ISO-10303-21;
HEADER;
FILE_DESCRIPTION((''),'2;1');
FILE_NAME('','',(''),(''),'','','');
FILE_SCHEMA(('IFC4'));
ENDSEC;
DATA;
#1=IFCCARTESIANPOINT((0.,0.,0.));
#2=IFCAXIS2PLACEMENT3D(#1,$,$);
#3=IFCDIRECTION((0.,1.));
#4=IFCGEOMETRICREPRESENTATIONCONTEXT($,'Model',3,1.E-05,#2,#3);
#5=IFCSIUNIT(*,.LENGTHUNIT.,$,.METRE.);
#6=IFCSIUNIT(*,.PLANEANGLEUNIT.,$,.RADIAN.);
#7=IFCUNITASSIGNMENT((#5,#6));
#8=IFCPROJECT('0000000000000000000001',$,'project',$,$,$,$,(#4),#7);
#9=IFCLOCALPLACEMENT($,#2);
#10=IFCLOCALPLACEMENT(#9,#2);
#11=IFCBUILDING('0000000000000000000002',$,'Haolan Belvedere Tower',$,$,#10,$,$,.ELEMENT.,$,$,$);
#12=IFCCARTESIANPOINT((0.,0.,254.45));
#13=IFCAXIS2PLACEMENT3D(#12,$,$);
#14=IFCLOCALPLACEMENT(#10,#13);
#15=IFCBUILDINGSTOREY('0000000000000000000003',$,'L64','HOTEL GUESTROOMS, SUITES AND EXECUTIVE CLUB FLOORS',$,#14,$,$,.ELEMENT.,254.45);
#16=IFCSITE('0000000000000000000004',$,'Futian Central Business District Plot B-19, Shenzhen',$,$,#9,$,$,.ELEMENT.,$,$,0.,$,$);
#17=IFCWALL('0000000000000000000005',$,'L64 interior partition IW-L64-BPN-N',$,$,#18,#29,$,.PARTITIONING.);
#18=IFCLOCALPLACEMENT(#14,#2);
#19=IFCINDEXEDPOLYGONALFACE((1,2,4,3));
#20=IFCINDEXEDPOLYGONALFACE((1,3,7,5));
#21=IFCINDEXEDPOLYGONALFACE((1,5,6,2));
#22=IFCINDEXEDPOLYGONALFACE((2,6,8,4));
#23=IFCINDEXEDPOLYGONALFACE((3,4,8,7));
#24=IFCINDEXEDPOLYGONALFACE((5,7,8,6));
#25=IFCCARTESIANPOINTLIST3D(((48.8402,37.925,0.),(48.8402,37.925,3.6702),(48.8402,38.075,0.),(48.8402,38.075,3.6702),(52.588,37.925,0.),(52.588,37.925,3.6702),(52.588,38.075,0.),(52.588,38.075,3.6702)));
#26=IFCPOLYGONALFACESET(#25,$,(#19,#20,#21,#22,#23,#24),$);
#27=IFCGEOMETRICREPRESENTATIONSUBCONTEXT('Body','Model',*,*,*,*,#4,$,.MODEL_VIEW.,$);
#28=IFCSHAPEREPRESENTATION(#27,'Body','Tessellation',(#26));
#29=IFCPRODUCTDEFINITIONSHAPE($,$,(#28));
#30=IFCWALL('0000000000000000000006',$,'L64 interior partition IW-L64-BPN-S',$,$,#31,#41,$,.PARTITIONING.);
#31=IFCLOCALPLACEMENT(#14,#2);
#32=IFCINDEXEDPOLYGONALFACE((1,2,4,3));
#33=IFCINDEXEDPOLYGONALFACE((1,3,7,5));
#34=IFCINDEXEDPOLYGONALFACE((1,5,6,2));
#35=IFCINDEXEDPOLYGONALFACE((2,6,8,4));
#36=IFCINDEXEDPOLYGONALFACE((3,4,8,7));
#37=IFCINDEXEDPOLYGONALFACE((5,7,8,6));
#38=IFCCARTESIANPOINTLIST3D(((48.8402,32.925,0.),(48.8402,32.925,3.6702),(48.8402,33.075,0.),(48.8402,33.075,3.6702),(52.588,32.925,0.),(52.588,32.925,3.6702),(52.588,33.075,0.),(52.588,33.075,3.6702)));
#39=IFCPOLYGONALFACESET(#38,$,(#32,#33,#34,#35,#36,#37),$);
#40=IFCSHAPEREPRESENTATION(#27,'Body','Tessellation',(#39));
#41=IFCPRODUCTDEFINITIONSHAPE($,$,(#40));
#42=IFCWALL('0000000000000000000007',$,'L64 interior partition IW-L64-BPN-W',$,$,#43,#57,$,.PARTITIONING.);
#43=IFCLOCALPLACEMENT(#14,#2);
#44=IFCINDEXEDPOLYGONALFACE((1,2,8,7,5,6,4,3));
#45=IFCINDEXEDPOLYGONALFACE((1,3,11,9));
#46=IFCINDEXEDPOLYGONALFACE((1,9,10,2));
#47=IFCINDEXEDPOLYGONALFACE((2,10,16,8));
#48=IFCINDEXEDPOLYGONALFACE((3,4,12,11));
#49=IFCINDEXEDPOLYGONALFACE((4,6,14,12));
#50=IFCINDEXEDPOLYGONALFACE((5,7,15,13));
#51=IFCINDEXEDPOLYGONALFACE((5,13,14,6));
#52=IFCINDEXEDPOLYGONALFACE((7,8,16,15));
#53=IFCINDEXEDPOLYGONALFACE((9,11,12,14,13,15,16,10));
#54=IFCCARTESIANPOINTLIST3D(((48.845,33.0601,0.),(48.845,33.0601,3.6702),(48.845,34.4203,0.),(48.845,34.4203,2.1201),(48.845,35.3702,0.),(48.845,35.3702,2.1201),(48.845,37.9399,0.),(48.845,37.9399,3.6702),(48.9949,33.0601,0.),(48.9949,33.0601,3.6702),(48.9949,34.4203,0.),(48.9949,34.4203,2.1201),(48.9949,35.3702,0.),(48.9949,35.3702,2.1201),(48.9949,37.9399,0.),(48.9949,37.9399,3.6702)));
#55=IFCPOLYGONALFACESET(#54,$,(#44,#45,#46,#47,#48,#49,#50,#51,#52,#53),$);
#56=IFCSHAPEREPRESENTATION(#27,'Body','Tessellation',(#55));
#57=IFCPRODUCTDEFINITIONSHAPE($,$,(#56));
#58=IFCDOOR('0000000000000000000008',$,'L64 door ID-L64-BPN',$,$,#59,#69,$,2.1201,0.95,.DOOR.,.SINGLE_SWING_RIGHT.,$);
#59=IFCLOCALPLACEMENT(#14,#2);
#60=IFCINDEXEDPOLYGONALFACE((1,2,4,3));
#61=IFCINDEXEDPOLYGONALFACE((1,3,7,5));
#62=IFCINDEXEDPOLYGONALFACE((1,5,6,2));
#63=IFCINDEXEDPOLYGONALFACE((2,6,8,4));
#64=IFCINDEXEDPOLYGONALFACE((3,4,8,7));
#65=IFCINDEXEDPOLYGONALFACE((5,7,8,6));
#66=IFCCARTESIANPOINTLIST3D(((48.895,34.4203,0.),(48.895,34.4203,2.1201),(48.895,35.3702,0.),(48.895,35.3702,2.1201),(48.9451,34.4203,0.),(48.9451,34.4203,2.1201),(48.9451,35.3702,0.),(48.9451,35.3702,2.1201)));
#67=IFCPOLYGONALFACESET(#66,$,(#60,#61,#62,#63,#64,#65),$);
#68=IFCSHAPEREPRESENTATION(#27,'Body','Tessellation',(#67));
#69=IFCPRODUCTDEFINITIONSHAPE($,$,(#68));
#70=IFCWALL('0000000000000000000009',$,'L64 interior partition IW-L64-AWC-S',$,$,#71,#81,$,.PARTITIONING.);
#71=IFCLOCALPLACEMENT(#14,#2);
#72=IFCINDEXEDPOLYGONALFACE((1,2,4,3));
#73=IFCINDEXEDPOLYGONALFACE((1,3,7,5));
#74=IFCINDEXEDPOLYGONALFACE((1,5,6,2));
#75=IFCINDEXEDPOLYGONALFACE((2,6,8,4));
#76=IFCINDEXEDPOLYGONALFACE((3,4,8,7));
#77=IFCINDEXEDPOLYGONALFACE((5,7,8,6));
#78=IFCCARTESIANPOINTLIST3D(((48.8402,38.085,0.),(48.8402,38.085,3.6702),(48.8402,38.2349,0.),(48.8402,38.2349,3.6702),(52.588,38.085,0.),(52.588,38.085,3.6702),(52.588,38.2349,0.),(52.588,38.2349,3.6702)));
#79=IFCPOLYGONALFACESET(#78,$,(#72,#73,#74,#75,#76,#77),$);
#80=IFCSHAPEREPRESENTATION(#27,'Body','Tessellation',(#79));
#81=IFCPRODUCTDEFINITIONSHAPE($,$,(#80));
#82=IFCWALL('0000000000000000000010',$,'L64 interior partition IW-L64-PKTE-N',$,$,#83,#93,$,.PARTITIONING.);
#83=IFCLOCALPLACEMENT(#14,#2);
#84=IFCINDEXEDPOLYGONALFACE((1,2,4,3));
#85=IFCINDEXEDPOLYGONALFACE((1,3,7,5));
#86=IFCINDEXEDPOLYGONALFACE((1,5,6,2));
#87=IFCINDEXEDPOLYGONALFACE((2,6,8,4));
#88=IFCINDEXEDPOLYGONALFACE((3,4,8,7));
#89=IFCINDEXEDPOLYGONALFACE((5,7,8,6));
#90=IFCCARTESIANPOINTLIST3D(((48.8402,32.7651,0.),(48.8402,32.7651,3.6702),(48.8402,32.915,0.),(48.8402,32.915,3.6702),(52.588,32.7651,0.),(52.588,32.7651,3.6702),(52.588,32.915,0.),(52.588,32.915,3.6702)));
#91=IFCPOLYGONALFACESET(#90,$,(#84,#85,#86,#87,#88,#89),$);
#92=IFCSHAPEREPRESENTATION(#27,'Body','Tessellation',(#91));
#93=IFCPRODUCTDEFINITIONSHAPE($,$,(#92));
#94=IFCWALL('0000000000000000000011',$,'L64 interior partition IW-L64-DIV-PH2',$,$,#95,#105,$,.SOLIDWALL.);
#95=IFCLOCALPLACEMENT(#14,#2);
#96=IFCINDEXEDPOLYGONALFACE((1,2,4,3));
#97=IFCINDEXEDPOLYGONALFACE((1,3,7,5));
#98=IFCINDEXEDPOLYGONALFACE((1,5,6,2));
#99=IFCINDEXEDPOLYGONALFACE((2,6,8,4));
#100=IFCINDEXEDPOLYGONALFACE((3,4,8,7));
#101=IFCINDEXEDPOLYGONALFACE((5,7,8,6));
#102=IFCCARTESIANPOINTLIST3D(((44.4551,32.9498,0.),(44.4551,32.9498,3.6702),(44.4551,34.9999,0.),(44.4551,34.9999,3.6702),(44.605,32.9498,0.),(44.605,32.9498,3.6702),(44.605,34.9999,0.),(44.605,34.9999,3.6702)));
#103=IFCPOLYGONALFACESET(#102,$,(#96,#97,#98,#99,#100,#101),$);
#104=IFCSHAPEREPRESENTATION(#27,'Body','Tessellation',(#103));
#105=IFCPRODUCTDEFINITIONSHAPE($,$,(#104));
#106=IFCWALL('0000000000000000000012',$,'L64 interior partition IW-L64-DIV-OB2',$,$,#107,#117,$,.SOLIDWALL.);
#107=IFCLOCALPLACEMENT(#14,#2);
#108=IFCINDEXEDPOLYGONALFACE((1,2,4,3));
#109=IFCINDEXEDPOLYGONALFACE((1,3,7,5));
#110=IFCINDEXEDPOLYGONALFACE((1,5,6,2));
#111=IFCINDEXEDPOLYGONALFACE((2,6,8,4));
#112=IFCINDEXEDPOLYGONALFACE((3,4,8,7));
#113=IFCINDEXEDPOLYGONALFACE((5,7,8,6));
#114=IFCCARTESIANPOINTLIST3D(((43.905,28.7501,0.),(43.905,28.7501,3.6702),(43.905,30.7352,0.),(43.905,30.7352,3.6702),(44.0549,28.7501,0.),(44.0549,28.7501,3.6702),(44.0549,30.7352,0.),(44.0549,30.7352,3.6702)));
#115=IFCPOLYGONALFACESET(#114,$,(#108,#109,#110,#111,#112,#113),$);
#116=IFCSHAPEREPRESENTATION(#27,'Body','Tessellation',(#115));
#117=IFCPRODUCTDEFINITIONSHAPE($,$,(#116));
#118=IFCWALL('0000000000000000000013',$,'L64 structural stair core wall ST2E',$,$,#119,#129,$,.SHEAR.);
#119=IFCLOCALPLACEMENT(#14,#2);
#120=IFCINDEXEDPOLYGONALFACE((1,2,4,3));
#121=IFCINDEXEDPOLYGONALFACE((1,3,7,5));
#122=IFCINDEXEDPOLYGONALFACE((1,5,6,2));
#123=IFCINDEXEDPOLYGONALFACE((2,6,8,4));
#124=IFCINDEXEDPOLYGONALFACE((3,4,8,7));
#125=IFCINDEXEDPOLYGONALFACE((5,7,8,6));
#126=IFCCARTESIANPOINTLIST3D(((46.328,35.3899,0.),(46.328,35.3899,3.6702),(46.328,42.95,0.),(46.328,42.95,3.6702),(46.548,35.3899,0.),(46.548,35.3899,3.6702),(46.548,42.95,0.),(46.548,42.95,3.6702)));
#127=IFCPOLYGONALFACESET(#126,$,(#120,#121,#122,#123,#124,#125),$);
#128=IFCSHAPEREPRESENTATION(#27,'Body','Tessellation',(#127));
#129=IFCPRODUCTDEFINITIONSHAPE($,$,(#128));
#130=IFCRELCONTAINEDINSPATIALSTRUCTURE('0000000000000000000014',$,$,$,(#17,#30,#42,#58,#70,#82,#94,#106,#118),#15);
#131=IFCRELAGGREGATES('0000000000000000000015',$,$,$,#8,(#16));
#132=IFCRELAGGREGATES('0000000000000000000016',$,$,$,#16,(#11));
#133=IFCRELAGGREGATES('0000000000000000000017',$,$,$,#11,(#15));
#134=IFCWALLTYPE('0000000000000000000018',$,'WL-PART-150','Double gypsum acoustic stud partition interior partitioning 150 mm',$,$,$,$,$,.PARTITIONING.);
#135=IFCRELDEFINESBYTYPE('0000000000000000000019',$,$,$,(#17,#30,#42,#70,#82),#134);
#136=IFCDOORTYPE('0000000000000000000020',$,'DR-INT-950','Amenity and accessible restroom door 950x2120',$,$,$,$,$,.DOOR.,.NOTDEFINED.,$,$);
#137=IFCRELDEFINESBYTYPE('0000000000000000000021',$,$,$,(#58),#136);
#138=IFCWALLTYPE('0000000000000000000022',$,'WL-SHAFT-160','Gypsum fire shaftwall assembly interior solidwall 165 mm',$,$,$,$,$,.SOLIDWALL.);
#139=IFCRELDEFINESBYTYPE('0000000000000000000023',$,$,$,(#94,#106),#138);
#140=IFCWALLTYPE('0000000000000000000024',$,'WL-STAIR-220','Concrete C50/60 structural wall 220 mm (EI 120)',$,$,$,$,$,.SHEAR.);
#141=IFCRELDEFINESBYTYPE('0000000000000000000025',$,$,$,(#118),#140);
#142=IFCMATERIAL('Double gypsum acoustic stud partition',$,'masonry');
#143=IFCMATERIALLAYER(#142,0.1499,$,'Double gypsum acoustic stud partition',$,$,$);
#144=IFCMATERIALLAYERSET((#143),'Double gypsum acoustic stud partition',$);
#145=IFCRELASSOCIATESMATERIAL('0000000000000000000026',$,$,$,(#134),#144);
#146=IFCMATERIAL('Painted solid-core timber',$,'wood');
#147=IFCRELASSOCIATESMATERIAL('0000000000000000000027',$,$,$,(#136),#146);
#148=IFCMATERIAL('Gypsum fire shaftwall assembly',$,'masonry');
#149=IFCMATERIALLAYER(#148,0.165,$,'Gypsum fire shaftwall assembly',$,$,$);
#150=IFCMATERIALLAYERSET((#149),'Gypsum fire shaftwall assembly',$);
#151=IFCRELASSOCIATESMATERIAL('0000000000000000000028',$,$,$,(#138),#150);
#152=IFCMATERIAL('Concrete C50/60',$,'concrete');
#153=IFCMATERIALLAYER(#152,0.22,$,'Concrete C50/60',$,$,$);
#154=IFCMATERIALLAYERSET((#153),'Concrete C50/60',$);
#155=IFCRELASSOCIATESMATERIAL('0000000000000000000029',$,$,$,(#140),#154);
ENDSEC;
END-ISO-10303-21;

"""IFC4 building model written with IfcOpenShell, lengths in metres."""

from ifc_helpers import new_model, si_unit, direction, frame, frame_2d, origin, place, context, subcontext, project, spatial, rectangle, extrude, material, layer, layer_set, type_object, element, fill, save


model = new_model("IFC4")

# Units and contexts
model_context = context("Model", 3, precision=1e-05, world=origin(), true_north=direction((0.0, 1.0)))
body_context = subcontext(model_context, "Body", "Model", "MODEL_VIEW")
ifc_project = project(units=[si_unit("LENGTHUNIT", "METRE"), si_unit("PLANEANGLEUNIT", "RADIAN")], contexts=[model_context])

# Site, building, storey
site_placement = place(None, origin())
site = spatial("IfcSite", under=ifc_project, at=site_placement, Name="Futian Central Business District Plot B-19, Shenzhen", CompositionType="ELEMENT", RefElevation=0.0)
building_placement = place(site_placement, origin())
building = spatial("IfcBuilding", under=site, at=building_placement, Name="Haolan Belvedere Tower", CompositionType="ELEMENT")
storey_placement = place(building_placement, frame((0.0, 0.0, 254.45)))
storey = spatial("IfcBuildingStorey", under=building, at=storey_placement, Name="L64", Description="HOTEL GUESTROOMS, SUITES AND EXECUTIVE CLUB FLOORS", CompositionType="ELEMENT", Elevation=254.45)

# Shared definitions
ifc_material_1 = material(Name="Concrete C50/60", Category="concrete")

# Walls
ifc_material_2 = material(Name="Double gypsum acoustic stud partition", Category="masonry")
ifc_layer_1 = layer(ifc_material_2, 0.1499, Name="Double gypsum acoustic stud partition")
ifc_layer_set_1 = layer_set([ifc_layer_1], Name="Double gypsum acoustic stud partition")
wall_type_1 = type_object("IfcWallType", Name="WL-PART-150", Description="Double gypsum acoustic stud partition interior partitioning 150 mm", PredefinedType="PARTITIONING", material=ifc_layer_set_1)
for number, where, z_axis, x_axis, name in (
    (1, (48.8401, 38.0, 0.0), (0.0, 0.0, 1.0), (1.0, 0.0, 0.0), "L64 interior partition IW-L64-BPN-N"),
    (2, (48.8401, 33.0, 0.0), (0.0, 0.0, 1.0), (1.0, 0.0, 0.0), "L64 interior partition IW-L64-BPN-S"),
):
    element("IfcWall", number, at=place(storey_placement, frame(where, z_axis=z_axis, x_axis=x_axis)), inside=storey, type_object=wall_type_1, Name=name, PredefinedType="PARTITIONING", context=body_context, shape_type="SweptSolid", body=[
        extrude(rectangle(XDim=3.7478, YDim=0.1499, at=frame_2d((1.874, 0.0))), origin(), (0.0, 0.0, 1.0), 3.6702),
    ])

# Wall, opening, door
wall_1_placement = place(storey_placement, frame((48.9199, 33.0601, 0.0), z_axis=(0.0, 0.0, 1.0), x_axis=(0.0, 1.0, 0.0)))
wall_1 = element("IfcWall", 3, at=wall_1_placement, inside=storey, type_object=wall_type_1, Name="L64 interior partition IW-L64-BPN-W", PredefinedType="PARTITIONING", context=body_context, shape_type="SweptSolid", body=[
    extrude(rectangle(XDim=4.8799, YDim=0.1499, at=frame_2d((2.4399, 0.0))), origin(), (0.0, 0.0, 1.0), 3.6702),
])
opening_1_placement = place(wall_1_placement, frame((1.3601, 0.0, 0.0)))
opening_1 = element("IfcOpeningElement", 4, at=opening_1_placement, cuts=wall_1, PredefinedType="OPENING", context=body_context, shape_type="SweptSolid", body=[
    extrude(rectangle(XDim=0.95, YDim=2.1201, at=frame_2d((0.4751, 1.0601))), frame((0.0, 0.085, 0.0), z_axis=(0.0, -1.0, 0.0), x_axis=(1.0, 0.0, 0.0)), (0.0, 0.0, 1.0), 0.1699),
])
ifc_material_3 = material(Name="Painted solid-core timber", Category="wood")
door_type = type_object("IfcDoorType", Name="DR-INT-950", Description="Amenity and accessible restroom door 950x2120", OperationType="NOTDEFINED", PredefinedType="DOOR", material=ifc_material_3)
door_1_placement = place(opening_1_placement, origin())
door_1 = element("IfcDoor", 5, at=door_1_placement, inside=storey, type_object=door_type, Name="L64 door ID-L64-BPN", OperationType="SINGLE_SWING_RIGHT", OverallHeight=2.1201, OverallWidth=0.95, PredefinedType="DOOR", context=body_context, shape_type="SweptSolid", body=[
    extrude(rectangle(XDim=0.95, YDim=2.1201, at=frame_2d((0.4751, 1.0601))), frame((0.0, 0.0249, 0.0), z_axis=(0.0, -1.0, 0.0), x_axis=(1.0, 0.0, 0.0)), (0.0, 0.0, 1.0), 0.05),
])
fill(opening_1, door_1)

# Wall
wall_2_placement = place(storey_placement, frame((48.8401, 38.1599, 0.0), z_axis=(0.0, 0.0, 1.0), x_axis=(1.0, 0.0, 0.0)))
element("IfcWall", 6, at=wall_2_placement, inside=storey, type_object=wall_type_1, Name="L64 interior partition IW-L64-AWC-S", PredefinedType="PARTITIONING", context=body_context, shape_type="SweptSolid", body=[
    extrude(rectangle(XDim=3.7478, YDim=0.1499, at=frame_2d((1.874, 0.0))), origin(), (0.0, 0.0, 1.0), 3.6702),
])

# Walls
wall_3_placement = place(storey_placement, frame((48.8401, 32.8401, 0.0), z_axis=(0.0, 0.0, 1.0), x_axis=(1.0, 0.0, 0.0)))
element("IfcWall", 7, at=wall_3_placement, inside=storey, type_object=wall_type_1, Name="L64 interior partition IW-L64-PKTE-N", PredefinedType="PARTITIONING", context=body_context, shape_type="SweptSolid", body=[
    extrude(rectangle(XDim=3.7478, YDim=0.1499, at=frame_2d((1.874, 0.0))), origin(), (0.0, 0.0, 1.0), 3.6702),
])
ifc_material_4 = material(Name="Gypsum fire shaftwall assembly", Category="masonry")
ifc_layer_2 = layer(ifc_material_4, 0.165, Name="Gypsum fire shaftwall assembly")
ifc_layer_set_2 = layer_set([ifc_layer_2], Name="Gypsum fire shaftwall assembly")
wall_type_2 = type_object("IfcWallType", Name="WL-SHAFT-160", Description="Gypsum fire shaftwall assembly interior solidwall 165 mm", PredefinedType="SOLIDWALL", material=ifc_layer_set_2)
wall_4_placement = place(storey_placement, frame((44.53, 32.95, 0.0), z_axis=(0.0, 0.0, 1.0), x_axis=(0.0, 1.0, 0.0)))
element("IfcWall", 8, at=wall_4_placement, inside=storey, type_object=wall_type_2, Name="L64 interior partition IW-L64-DIV-PH2", PredefinedType="SOLIDWALL", context=body_context, shape_type="SweptSolid", body=[
    extrude(rectangle(XDim=2.05, YDim=0.1499, at=frame_2d((1.0249, 0.0))), origin(), (0.0, 0.0, 1.0), 3.6702),
])
wall_5_placement = place(storey_placement, frame((43.98, 28.75, 0.0), z_axis=(0.0, 0.0, 1.0), x_axis=(0.0, 1.0, 0.0)))
element("IfcWall", 9, at=wall_5_placement, inside=storey, type_object=wall_type_2, Name="L64 interior partition IW-L64-DIV-OB2", PredefinedType="SOLIDWALL", context=body_context, shape_type="SweptSolid", body=[
    extrude(rectangle(XDim=1.9851, YDim=0.1499, at=frame_2d((0.9927, 0.0))), origin(), (0.0, 0.0, 1.0), 3.6702),
])
ifc_layer_3 = layer(ifc_material_1, 0.22, Name="Concrete C50/60")
ifc_layer_set_3 = layer_set([ifc_layer_3], Name="Concrete C50/60")
wall_type_3 = type_object("IfcWallType", Name="WL-STAIR-220", Description="Concrete C50/60 structural wall 220 mm (EI 120)", PredefinedType="SHEAR", material=ifc_layer_set_3)
wall_6_placement = place(storey_placement, frame((46.438, 35.3899, 0.0), z_axis=(0.0, 0.0, 1.0), x_axis=(0.0, 1.0, 0.0)))
element("IfcWall", 10, at=wall_6_placement, inside=storey, type_object=wall_type_3, Name="L64 structural stair core wall ST2E", PredefinedType="SHEAR", context=body_context, shape_type="SweptSolid", body=[
    extrude(rectangle(XDim=7.5601, YDim=0.22, at=frame_2d((3.78, 0.0))), origin(), (0.0, 0.0, 1.0), 3.6702),
])

save(model, "model.ifc")
